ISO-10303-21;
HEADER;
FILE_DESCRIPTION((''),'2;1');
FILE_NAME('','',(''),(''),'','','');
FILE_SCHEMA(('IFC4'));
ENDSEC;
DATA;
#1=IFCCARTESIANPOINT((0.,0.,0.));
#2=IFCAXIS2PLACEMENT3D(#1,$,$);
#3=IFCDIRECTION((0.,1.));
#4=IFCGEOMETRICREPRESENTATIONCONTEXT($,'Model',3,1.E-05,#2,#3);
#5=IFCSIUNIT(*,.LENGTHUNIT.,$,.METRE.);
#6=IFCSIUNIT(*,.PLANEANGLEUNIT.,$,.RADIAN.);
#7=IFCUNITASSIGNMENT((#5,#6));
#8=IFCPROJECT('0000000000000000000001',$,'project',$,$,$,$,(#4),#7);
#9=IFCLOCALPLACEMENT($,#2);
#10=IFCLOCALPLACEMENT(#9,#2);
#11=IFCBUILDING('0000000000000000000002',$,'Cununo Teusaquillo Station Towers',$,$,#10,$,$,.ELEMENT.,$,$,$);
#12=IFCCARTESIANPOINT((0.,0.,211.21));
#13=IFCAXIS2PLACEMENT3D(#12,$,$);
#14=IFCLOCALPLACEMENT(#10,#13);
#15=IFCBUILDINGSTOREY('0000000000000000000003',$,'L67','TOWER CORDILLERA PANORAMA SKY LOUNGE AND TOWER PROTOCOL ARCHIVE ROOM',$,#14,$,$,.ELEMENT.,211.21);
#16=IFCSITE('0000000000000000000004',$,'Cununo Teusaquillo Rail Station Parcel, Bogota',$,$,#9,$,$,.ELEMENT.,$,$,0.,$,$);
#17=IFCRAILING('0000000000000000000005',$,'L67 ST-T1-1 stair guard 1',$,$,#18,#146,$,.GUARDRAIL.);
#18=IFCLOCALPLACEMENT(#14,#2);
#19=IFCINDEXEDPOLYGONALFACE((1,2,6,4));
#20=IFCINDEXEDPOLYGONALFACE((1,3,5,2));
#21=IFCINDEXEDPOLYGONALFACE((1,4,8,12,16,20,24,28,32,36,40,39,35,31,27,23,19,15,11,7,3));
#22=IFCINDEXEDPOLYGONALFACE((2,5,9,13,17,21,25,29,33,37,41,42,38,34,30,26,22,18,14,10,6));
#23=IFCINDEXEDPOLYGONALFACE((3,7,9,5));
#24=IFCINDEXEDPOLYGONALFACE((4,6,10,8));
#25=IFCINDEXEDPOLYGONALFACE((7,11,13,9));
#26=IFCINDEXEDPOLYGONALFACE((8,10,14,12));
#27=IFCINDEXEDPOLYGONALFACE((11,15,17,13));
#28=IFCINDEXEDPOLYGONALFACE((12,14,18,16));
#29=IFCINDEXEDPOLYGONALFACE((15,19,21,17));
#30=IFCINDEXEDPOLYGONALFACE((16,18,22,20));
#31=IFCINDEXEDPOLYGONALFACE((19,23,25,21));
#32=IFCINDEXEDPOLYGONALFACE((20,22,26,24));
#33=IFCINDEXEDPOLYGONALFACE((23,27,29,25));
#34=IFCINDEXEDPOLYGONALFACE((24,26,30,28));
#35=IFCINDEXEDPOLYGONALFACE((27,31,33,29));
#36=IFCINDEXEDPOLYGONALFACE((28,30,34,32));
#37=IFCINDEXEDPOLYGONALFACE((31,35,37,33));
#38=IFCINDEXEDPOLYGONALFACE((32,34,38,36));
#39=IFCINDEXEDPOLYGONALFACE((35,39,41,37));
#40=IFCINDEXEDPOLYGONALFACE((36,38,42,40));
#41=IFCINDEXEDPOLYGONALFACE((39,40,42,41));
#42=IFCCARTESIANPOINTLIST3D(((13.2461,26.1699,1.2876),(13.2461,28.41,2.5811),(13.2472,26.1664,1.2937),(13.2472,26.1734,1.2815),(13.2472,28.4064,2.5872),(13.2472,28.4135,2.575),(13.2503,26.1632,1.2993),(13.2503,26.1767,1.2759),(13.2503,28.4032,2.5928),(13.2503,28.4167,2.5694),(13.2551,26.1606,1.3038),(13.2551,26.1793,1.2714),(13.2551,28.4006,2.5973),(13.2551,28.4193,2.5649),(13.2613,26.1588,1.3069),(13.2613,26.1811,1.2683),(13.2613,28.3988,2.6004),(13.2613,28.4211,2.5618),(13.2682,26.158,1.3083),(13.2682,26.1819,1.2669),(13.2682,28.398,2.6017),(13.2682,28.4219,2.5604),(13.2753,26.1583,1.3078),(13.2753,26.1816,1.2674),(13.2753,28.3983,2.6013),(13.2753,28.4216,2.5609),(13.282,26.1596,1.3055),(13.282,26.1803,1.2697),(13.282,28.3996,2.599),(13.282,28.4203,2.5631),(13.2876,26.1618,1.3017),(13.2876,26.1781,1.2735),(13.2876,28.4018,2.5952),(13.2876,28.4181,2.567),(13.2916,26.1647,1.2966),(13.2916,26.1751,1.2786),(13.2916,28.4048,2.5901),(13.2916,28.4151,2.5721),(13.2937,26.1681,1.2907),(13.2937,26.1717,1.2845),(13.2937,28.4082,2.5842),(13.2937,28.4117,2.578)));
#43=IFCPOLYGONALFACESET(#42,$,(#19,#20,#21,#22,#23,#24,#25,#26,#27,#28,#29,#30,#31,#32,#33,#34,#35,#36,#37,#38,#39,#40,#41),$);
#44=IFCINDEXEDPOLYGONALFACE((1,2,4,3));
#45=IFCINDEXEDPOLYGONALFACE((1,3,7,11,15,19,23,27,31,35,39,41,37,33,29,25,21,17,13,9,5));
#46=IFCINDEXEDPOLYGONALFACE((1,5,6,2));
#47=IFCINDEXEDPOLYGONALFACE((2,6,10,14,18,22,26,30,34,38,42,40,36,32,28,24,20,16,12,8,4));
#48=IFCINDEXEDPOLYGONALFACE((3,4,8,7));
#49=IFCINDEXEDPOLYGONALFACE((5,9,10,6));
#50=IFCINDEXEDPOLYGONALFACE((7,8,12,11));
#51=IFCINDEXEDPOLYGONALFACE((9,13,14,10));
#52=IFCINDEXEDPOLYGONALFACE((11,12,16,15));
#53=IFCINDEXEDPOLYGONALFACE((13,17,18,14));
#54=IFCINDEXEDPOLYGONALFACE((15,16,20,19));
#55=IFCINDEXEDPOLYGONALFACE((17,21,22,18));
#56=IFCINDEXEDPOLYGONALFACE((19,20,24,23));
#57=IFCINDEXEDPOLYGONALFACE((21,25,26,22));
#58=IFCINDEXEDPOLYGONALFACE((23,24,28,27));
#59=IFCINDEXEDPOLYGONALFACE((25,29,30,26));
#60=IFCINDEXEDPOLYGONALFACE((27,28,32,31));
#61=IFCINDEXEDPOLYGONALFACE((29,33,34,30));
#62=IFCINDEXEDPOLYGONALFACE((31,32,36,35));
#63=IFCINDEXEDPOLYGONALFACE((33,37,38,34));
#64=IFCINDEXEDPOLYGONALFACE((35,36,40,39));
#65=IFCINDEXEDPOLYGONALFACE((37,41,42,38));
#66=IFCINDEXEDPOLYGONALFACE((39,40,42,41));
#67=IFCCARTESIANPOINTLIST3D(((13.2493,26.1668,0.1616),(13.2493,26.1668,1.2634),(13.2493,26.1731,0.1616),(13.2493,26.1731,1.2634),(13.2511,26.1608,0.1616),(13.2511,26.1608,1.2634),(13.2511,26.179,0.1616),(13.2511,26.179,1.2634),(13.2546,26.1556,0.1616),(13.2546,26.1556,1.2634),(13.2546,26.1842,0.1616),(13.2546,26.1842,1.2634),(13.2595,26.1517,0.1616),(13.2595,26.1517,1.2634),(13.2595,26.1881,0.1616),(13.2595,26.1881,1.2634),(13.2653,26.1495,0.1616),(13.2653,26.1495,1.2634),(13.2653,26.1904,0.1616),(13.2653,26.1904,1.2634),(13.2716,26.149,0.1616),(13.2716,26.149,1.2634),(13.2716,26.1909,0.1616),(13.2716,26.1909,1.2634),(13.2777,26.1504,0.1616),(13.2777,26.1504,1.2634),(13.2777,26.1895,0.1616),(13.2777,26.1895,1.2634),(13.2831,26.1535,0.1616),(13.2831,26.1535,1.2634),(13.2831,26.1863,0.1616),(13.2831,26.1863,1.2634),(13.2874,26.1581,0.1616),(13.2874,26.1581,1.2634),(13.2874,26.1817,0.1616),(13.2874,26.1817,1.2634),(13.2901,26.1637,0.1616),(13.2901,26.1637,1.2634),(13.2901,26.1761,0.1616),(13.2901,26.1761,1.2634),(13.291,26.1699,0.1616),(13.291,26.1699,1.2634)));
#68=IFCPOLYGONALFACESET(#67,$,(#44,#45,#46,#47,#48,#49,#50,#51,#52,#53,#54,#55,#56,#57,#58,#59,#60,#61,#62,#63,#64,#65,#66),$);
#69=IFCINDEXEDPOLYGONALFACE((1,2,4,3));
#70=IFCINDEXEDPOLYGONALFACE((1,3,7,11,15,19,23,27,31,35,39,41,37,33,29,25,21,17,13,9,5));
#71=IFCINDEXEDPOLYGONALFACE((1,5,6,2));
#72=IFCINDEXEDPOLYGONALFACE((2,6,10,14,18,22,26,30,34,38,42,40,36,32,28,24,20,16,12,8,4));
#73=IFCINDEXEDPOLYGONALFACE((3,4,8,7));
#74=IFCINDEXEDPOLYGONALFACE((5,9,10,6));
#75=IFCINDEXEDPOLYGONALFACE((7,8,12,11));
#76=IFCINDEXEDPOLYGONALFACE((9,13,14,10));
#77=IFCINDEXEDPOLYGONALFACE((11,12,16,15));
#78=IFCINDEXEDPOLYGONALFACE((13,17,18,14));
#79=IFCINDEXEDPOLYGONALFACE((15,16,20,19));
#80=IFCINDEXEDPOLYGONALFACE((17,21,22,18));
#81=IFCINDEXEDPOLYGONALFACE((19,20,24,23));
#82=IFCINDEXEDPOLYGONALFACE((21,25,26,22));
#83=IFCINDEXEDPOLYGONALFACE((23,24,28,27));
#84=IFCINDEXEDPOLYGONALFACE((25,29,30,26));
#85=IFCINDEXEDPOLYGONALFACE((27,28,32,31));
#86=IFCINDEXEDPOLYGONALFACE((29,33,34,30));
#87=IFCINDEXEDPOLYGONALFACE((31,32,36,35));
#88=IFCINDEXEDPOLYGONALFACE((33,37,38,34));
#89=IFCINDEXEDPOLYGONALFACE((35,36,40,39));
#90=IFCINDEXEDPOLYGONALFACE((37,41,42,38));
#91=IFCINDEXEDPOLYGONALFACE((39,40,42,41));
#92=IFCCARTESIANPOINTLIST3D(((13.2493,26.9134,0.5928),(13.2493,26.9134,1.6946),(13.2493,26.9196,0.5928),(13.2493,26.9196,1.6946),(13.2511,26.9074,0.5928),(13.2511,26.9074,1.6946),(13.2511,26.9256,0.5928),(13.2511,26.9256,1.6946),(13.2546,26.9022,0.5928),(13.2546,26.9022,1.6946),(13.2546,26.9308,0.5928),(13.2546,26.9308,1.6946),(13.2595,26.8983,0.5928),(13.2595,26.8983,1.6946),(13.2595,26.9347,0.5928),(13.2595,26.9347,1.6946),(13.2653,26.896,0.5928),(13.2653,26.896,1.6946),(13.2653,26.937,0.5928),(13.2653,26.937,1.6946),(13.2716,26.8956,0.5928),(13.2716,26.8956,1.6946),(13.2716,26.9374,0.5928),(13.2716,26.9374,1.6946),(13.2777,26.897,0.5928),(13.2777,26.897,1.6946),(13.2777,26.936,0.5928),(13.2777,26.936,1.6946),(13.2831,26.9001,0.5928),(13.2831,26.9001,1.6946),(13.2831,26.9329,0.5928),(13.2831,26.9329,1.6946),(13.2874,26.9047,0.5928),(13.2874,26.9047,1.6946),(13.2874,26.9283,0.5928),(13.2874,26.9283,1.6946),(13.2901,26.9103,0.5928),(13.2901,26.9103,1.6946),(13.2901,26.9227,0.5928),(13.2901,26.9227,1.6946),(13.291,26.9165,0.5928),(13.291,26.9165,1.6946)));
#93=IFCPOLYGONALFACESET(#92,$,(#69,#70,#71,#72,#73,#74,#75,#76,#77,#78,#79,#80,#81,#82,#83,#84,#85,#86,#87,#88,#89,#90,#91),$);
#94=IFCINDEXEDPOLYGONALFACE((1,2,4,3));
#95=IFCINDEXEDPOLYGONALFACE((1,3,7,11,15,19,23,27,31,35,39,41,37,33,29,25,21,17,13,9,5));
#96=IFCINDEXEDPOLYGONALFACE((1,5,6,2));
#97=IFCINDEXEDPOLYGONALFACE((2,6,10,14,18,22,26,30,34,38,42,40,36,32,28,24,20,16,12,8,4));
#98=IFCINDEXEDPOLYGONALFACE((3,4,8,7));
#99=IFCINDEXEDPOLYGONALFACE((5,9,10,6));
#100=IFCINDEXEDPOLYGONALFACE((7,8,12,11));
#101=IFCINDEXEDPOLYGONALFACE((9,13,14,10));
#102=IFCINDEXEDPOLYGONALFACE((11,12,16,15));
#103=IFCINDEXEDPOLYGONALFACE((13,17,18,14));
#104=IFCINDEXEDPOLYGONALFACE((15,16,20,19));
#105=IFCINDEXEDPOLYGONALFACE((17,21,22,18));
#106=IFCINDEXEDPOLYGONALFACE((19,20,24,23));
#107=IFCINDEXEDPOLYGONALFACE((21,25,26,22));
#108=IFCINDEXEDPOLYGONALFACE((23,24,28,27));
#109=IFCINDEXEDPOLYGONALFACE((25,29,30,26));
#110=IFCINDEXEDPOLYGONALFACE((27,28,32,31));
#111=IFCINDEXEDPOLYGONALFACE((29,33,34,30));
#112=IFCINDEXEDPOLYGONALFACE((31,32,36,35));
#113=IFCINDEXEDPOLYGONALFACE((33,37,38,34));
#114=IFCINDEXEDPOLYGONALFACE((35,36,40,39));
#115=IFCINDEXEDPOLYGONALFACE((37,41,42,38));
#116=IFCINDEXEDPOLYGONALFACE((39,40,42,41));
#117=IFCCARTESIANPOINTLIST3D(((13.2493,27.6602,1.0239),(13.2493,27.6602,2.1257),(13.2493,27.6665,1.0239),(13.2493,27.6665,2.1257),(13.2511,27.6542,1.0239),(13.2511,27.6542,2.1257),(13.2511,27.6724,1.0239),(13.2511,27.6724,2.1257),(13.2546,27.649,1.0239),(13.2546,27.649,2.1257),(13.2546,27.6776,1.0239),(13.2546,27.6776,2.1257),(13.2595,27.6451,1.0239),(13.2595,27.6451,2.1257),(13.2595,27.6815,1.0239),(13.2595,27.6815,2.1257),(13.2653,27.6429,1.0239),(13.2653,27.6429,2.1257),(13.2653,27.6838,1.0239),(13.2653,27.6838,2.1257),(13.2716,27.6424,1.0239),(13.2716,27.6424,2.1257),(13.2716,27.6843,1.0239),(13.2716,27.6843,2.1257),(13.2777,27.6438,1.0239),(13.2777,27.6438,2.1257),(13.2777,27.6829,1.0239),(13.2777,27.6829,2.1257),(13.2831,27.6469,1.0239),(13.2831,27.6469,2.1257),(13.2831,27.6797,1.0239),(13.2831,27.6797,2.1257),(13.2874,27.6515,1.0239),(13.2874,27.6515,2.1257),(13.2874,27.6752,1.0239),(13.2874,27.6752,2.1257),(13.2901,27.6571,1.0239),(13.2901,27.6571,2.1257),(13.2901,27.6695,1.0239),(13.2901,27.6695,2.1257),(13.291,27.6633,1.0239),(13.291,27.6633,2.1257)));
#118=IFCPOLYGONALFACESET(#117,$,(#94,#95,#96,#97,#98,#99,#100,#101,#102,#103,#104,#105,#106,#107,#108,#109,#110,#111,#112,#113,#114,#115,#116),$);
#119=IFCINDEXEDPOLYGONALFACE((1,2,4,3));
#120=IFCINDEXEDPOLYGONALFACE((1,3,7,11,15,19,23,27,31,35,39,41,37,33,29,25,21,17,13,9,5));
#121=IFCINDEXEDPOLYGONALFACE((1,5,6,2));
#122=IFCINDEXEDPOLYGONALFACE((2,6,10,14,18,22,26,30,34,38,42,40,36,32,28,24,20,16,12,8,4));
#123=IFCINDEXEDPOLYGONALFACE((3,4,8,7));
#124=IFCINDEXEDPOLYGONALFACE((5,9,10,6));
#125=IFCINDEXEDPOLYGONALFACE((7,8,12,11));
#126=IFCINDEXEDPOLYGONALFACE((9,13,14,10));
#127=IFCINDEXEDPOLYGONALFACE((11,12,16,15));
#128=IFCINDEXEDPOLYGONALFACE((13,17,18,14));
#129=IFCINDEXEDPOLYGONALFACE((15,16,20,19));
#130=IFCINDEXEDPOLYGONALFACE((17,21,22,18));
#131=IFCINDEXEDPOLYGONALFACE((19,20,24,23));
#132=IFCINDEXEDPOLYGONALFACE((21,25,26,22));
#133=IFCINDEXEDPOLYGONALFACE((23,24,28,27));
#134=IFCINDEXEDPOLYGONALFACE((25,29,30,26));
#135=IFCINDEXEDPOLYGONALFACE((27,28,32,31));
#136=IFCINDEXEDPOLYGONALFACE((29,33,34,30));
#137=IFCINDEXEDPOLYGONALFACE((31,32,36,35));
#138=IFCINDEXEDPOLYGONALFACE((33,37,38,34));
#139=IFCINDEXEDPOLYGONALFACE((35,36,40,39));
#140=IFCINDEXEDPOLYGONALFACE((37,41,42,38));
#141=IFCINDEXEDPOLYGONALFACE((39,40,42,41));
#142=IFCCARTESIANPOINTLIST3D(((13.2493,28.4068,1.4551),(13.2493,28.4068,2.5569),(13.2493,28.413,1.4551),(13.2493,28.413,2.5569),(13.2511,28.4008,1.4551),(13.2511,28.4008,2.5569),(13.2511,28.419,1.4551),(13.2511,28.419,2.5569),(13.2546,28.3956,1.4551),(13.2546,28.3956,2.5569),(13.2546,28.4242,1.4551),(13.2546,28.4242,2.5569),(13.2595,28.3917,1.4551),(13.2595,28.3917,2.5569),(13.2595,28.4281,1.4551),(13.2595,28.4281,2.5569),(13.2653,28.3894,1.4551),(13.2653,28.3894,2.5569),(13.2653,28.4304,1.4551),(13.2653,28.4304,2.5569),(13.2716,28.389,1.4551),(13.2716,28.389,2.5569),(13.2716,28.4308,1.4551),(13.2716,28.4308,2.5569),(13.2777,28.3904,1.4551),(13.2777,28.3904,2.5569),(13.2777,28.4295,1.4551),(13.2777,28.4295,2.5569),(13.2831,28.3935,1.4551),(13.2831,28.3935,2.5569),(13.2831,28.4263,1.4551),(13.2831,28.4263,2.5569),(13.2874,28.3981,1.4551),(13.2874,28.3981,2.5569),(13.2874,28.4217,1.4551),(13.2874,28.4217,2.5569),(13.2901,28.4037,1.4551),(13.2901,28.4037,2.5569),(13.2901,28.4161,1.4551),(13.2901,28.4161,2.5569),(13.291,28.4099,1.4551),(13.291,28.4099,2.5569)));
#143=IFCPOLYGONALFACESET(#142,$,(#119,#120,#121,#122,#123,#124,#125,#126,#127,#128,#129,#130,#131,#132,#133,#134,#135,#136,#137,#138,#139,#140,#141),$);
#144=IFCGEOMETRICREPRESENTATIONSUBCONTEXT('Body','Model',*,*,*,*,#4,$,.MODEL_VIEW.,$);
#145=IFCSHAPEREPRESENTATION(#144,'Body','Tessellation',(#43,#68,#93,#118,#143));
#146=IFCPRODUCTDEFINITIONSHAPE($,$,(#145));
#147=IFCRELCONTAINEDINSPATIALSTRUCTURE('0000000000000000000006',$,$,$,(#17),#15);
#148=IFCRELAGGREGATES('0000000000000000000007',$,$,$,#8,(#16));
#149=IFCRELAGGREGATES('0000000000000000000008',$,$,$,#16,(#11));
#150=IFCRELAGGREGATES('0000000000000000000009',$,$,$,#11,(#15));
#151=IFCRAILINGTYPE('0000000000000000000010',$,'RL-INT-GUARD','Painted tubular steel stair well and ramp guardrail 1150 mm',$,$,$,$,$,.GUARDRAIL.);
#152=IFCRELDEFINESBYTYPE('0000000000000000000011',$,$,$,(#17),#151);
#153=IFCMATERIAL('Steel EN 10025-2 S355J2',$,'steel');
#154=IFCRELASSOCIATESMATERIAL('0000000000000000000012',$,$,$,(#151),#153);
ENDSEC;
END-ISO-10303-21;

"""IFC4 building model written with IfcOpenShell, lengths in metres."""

from ifc_helpers import new_model, si_unit, direction, frame, origin, origin_2d, place, context, subcontext, project, spatial, circle, extrude, material, type_object, element, save


model = new_model("IFC4")

# Units and contexts
model_context = context("Model", 3, precision=1e-05, world=origin(), true_north=direction((0.0, 1.0)))
body_context = subcontext(model_context, "Body", "Model", "MODEL_VIEW")
ifc_project = project(units=[si_unit("LENGTHUNIT", "METRE"), si_unit("PLANEANGLEUNIT", "RADIAN")], contexts=[model_context])

# Site, building, storey
site_placement = place(None, origin())
site = spatial("IfcSite", under=ifc_project, at=site_placement, Name="Cununo Teusaquillo Rail Station Parcel, Bogota", CompositionType="ELEMENT", RefElevation=0.0)
building_placement = place(site_placement, origin())
building = spatial("IfcBuilding", under=site, at=building_placement, Name="Cununo Teusaquillo Station Towers", CompositionType="ELEMENT")
storey_placement = place(building_placement, frame((0.0, 0.0, 211.21)))
storey = spatial("IfcBuildingStorey", under=building, at=storey_placement, Name="L67", Description="TOWER CORDILLERA PANORAMA SKY LOUNGE AND TOWER PROTOCOL ARCHIVE ROOM", CompositionType="ELEMENT", Elevation=211.21)

# Railing
ifc_material_1 = material(Name="Steel EN 10025-2 S355J2", Category="steel")
railing_type_1 = type_object("IfcRailingType", Name="RL-INT-GUARD", Description="Painted tubular steel stair well and ramp guardrail 1150 mm", PredefinedType="GUARDRAIL", material=ifc_material_1)
railing_1_placement = place(storey_placement, frame((13.27, 26.1699, 0.1616)))
element("IfcRailing", 1, at=railing_1_placement, inside=storey, type_object=railing_type_1, Name="L67 ST-T1-1 stair guard 1", PredefinedType="GUARDRAIL", context=body_context, shape_type="SweptSolid", body=[
    extrude(circle(Radius=0.0239, at=origin_2d()), frame((0.0, 0.0, 1.126), z_axis=(0.0, 0.865992, 0.500057), x_axis=(-1.0, 0.0, 0.0)), (0.0, 0.0, 1.0), 2.5867),
    extrude(circle(Radius=0.021, at=origin_2d()), origin(), (0.0, 0.0, 1.0), 1.1018),
    extrude(circle(Radius=0.021, at=origin_2d()), frame((0.0, 0.7466, 0.4312)), (0.0, 0.0, 1.0), 1.1018),
    extrude(circle(Radius=0.021, at=origin_2d()), frame((0.0, 1.4934, 0.8623)), (0.0, 0.0, 1.0), 1.1018),
    extrude(circle(Radius=0.021, at=origin_2d()), frame((0.0, 2.24, 1.2935)), (0.0, 0.0, 1.0), 1.1018),
])

save(model, "model.ifc")
